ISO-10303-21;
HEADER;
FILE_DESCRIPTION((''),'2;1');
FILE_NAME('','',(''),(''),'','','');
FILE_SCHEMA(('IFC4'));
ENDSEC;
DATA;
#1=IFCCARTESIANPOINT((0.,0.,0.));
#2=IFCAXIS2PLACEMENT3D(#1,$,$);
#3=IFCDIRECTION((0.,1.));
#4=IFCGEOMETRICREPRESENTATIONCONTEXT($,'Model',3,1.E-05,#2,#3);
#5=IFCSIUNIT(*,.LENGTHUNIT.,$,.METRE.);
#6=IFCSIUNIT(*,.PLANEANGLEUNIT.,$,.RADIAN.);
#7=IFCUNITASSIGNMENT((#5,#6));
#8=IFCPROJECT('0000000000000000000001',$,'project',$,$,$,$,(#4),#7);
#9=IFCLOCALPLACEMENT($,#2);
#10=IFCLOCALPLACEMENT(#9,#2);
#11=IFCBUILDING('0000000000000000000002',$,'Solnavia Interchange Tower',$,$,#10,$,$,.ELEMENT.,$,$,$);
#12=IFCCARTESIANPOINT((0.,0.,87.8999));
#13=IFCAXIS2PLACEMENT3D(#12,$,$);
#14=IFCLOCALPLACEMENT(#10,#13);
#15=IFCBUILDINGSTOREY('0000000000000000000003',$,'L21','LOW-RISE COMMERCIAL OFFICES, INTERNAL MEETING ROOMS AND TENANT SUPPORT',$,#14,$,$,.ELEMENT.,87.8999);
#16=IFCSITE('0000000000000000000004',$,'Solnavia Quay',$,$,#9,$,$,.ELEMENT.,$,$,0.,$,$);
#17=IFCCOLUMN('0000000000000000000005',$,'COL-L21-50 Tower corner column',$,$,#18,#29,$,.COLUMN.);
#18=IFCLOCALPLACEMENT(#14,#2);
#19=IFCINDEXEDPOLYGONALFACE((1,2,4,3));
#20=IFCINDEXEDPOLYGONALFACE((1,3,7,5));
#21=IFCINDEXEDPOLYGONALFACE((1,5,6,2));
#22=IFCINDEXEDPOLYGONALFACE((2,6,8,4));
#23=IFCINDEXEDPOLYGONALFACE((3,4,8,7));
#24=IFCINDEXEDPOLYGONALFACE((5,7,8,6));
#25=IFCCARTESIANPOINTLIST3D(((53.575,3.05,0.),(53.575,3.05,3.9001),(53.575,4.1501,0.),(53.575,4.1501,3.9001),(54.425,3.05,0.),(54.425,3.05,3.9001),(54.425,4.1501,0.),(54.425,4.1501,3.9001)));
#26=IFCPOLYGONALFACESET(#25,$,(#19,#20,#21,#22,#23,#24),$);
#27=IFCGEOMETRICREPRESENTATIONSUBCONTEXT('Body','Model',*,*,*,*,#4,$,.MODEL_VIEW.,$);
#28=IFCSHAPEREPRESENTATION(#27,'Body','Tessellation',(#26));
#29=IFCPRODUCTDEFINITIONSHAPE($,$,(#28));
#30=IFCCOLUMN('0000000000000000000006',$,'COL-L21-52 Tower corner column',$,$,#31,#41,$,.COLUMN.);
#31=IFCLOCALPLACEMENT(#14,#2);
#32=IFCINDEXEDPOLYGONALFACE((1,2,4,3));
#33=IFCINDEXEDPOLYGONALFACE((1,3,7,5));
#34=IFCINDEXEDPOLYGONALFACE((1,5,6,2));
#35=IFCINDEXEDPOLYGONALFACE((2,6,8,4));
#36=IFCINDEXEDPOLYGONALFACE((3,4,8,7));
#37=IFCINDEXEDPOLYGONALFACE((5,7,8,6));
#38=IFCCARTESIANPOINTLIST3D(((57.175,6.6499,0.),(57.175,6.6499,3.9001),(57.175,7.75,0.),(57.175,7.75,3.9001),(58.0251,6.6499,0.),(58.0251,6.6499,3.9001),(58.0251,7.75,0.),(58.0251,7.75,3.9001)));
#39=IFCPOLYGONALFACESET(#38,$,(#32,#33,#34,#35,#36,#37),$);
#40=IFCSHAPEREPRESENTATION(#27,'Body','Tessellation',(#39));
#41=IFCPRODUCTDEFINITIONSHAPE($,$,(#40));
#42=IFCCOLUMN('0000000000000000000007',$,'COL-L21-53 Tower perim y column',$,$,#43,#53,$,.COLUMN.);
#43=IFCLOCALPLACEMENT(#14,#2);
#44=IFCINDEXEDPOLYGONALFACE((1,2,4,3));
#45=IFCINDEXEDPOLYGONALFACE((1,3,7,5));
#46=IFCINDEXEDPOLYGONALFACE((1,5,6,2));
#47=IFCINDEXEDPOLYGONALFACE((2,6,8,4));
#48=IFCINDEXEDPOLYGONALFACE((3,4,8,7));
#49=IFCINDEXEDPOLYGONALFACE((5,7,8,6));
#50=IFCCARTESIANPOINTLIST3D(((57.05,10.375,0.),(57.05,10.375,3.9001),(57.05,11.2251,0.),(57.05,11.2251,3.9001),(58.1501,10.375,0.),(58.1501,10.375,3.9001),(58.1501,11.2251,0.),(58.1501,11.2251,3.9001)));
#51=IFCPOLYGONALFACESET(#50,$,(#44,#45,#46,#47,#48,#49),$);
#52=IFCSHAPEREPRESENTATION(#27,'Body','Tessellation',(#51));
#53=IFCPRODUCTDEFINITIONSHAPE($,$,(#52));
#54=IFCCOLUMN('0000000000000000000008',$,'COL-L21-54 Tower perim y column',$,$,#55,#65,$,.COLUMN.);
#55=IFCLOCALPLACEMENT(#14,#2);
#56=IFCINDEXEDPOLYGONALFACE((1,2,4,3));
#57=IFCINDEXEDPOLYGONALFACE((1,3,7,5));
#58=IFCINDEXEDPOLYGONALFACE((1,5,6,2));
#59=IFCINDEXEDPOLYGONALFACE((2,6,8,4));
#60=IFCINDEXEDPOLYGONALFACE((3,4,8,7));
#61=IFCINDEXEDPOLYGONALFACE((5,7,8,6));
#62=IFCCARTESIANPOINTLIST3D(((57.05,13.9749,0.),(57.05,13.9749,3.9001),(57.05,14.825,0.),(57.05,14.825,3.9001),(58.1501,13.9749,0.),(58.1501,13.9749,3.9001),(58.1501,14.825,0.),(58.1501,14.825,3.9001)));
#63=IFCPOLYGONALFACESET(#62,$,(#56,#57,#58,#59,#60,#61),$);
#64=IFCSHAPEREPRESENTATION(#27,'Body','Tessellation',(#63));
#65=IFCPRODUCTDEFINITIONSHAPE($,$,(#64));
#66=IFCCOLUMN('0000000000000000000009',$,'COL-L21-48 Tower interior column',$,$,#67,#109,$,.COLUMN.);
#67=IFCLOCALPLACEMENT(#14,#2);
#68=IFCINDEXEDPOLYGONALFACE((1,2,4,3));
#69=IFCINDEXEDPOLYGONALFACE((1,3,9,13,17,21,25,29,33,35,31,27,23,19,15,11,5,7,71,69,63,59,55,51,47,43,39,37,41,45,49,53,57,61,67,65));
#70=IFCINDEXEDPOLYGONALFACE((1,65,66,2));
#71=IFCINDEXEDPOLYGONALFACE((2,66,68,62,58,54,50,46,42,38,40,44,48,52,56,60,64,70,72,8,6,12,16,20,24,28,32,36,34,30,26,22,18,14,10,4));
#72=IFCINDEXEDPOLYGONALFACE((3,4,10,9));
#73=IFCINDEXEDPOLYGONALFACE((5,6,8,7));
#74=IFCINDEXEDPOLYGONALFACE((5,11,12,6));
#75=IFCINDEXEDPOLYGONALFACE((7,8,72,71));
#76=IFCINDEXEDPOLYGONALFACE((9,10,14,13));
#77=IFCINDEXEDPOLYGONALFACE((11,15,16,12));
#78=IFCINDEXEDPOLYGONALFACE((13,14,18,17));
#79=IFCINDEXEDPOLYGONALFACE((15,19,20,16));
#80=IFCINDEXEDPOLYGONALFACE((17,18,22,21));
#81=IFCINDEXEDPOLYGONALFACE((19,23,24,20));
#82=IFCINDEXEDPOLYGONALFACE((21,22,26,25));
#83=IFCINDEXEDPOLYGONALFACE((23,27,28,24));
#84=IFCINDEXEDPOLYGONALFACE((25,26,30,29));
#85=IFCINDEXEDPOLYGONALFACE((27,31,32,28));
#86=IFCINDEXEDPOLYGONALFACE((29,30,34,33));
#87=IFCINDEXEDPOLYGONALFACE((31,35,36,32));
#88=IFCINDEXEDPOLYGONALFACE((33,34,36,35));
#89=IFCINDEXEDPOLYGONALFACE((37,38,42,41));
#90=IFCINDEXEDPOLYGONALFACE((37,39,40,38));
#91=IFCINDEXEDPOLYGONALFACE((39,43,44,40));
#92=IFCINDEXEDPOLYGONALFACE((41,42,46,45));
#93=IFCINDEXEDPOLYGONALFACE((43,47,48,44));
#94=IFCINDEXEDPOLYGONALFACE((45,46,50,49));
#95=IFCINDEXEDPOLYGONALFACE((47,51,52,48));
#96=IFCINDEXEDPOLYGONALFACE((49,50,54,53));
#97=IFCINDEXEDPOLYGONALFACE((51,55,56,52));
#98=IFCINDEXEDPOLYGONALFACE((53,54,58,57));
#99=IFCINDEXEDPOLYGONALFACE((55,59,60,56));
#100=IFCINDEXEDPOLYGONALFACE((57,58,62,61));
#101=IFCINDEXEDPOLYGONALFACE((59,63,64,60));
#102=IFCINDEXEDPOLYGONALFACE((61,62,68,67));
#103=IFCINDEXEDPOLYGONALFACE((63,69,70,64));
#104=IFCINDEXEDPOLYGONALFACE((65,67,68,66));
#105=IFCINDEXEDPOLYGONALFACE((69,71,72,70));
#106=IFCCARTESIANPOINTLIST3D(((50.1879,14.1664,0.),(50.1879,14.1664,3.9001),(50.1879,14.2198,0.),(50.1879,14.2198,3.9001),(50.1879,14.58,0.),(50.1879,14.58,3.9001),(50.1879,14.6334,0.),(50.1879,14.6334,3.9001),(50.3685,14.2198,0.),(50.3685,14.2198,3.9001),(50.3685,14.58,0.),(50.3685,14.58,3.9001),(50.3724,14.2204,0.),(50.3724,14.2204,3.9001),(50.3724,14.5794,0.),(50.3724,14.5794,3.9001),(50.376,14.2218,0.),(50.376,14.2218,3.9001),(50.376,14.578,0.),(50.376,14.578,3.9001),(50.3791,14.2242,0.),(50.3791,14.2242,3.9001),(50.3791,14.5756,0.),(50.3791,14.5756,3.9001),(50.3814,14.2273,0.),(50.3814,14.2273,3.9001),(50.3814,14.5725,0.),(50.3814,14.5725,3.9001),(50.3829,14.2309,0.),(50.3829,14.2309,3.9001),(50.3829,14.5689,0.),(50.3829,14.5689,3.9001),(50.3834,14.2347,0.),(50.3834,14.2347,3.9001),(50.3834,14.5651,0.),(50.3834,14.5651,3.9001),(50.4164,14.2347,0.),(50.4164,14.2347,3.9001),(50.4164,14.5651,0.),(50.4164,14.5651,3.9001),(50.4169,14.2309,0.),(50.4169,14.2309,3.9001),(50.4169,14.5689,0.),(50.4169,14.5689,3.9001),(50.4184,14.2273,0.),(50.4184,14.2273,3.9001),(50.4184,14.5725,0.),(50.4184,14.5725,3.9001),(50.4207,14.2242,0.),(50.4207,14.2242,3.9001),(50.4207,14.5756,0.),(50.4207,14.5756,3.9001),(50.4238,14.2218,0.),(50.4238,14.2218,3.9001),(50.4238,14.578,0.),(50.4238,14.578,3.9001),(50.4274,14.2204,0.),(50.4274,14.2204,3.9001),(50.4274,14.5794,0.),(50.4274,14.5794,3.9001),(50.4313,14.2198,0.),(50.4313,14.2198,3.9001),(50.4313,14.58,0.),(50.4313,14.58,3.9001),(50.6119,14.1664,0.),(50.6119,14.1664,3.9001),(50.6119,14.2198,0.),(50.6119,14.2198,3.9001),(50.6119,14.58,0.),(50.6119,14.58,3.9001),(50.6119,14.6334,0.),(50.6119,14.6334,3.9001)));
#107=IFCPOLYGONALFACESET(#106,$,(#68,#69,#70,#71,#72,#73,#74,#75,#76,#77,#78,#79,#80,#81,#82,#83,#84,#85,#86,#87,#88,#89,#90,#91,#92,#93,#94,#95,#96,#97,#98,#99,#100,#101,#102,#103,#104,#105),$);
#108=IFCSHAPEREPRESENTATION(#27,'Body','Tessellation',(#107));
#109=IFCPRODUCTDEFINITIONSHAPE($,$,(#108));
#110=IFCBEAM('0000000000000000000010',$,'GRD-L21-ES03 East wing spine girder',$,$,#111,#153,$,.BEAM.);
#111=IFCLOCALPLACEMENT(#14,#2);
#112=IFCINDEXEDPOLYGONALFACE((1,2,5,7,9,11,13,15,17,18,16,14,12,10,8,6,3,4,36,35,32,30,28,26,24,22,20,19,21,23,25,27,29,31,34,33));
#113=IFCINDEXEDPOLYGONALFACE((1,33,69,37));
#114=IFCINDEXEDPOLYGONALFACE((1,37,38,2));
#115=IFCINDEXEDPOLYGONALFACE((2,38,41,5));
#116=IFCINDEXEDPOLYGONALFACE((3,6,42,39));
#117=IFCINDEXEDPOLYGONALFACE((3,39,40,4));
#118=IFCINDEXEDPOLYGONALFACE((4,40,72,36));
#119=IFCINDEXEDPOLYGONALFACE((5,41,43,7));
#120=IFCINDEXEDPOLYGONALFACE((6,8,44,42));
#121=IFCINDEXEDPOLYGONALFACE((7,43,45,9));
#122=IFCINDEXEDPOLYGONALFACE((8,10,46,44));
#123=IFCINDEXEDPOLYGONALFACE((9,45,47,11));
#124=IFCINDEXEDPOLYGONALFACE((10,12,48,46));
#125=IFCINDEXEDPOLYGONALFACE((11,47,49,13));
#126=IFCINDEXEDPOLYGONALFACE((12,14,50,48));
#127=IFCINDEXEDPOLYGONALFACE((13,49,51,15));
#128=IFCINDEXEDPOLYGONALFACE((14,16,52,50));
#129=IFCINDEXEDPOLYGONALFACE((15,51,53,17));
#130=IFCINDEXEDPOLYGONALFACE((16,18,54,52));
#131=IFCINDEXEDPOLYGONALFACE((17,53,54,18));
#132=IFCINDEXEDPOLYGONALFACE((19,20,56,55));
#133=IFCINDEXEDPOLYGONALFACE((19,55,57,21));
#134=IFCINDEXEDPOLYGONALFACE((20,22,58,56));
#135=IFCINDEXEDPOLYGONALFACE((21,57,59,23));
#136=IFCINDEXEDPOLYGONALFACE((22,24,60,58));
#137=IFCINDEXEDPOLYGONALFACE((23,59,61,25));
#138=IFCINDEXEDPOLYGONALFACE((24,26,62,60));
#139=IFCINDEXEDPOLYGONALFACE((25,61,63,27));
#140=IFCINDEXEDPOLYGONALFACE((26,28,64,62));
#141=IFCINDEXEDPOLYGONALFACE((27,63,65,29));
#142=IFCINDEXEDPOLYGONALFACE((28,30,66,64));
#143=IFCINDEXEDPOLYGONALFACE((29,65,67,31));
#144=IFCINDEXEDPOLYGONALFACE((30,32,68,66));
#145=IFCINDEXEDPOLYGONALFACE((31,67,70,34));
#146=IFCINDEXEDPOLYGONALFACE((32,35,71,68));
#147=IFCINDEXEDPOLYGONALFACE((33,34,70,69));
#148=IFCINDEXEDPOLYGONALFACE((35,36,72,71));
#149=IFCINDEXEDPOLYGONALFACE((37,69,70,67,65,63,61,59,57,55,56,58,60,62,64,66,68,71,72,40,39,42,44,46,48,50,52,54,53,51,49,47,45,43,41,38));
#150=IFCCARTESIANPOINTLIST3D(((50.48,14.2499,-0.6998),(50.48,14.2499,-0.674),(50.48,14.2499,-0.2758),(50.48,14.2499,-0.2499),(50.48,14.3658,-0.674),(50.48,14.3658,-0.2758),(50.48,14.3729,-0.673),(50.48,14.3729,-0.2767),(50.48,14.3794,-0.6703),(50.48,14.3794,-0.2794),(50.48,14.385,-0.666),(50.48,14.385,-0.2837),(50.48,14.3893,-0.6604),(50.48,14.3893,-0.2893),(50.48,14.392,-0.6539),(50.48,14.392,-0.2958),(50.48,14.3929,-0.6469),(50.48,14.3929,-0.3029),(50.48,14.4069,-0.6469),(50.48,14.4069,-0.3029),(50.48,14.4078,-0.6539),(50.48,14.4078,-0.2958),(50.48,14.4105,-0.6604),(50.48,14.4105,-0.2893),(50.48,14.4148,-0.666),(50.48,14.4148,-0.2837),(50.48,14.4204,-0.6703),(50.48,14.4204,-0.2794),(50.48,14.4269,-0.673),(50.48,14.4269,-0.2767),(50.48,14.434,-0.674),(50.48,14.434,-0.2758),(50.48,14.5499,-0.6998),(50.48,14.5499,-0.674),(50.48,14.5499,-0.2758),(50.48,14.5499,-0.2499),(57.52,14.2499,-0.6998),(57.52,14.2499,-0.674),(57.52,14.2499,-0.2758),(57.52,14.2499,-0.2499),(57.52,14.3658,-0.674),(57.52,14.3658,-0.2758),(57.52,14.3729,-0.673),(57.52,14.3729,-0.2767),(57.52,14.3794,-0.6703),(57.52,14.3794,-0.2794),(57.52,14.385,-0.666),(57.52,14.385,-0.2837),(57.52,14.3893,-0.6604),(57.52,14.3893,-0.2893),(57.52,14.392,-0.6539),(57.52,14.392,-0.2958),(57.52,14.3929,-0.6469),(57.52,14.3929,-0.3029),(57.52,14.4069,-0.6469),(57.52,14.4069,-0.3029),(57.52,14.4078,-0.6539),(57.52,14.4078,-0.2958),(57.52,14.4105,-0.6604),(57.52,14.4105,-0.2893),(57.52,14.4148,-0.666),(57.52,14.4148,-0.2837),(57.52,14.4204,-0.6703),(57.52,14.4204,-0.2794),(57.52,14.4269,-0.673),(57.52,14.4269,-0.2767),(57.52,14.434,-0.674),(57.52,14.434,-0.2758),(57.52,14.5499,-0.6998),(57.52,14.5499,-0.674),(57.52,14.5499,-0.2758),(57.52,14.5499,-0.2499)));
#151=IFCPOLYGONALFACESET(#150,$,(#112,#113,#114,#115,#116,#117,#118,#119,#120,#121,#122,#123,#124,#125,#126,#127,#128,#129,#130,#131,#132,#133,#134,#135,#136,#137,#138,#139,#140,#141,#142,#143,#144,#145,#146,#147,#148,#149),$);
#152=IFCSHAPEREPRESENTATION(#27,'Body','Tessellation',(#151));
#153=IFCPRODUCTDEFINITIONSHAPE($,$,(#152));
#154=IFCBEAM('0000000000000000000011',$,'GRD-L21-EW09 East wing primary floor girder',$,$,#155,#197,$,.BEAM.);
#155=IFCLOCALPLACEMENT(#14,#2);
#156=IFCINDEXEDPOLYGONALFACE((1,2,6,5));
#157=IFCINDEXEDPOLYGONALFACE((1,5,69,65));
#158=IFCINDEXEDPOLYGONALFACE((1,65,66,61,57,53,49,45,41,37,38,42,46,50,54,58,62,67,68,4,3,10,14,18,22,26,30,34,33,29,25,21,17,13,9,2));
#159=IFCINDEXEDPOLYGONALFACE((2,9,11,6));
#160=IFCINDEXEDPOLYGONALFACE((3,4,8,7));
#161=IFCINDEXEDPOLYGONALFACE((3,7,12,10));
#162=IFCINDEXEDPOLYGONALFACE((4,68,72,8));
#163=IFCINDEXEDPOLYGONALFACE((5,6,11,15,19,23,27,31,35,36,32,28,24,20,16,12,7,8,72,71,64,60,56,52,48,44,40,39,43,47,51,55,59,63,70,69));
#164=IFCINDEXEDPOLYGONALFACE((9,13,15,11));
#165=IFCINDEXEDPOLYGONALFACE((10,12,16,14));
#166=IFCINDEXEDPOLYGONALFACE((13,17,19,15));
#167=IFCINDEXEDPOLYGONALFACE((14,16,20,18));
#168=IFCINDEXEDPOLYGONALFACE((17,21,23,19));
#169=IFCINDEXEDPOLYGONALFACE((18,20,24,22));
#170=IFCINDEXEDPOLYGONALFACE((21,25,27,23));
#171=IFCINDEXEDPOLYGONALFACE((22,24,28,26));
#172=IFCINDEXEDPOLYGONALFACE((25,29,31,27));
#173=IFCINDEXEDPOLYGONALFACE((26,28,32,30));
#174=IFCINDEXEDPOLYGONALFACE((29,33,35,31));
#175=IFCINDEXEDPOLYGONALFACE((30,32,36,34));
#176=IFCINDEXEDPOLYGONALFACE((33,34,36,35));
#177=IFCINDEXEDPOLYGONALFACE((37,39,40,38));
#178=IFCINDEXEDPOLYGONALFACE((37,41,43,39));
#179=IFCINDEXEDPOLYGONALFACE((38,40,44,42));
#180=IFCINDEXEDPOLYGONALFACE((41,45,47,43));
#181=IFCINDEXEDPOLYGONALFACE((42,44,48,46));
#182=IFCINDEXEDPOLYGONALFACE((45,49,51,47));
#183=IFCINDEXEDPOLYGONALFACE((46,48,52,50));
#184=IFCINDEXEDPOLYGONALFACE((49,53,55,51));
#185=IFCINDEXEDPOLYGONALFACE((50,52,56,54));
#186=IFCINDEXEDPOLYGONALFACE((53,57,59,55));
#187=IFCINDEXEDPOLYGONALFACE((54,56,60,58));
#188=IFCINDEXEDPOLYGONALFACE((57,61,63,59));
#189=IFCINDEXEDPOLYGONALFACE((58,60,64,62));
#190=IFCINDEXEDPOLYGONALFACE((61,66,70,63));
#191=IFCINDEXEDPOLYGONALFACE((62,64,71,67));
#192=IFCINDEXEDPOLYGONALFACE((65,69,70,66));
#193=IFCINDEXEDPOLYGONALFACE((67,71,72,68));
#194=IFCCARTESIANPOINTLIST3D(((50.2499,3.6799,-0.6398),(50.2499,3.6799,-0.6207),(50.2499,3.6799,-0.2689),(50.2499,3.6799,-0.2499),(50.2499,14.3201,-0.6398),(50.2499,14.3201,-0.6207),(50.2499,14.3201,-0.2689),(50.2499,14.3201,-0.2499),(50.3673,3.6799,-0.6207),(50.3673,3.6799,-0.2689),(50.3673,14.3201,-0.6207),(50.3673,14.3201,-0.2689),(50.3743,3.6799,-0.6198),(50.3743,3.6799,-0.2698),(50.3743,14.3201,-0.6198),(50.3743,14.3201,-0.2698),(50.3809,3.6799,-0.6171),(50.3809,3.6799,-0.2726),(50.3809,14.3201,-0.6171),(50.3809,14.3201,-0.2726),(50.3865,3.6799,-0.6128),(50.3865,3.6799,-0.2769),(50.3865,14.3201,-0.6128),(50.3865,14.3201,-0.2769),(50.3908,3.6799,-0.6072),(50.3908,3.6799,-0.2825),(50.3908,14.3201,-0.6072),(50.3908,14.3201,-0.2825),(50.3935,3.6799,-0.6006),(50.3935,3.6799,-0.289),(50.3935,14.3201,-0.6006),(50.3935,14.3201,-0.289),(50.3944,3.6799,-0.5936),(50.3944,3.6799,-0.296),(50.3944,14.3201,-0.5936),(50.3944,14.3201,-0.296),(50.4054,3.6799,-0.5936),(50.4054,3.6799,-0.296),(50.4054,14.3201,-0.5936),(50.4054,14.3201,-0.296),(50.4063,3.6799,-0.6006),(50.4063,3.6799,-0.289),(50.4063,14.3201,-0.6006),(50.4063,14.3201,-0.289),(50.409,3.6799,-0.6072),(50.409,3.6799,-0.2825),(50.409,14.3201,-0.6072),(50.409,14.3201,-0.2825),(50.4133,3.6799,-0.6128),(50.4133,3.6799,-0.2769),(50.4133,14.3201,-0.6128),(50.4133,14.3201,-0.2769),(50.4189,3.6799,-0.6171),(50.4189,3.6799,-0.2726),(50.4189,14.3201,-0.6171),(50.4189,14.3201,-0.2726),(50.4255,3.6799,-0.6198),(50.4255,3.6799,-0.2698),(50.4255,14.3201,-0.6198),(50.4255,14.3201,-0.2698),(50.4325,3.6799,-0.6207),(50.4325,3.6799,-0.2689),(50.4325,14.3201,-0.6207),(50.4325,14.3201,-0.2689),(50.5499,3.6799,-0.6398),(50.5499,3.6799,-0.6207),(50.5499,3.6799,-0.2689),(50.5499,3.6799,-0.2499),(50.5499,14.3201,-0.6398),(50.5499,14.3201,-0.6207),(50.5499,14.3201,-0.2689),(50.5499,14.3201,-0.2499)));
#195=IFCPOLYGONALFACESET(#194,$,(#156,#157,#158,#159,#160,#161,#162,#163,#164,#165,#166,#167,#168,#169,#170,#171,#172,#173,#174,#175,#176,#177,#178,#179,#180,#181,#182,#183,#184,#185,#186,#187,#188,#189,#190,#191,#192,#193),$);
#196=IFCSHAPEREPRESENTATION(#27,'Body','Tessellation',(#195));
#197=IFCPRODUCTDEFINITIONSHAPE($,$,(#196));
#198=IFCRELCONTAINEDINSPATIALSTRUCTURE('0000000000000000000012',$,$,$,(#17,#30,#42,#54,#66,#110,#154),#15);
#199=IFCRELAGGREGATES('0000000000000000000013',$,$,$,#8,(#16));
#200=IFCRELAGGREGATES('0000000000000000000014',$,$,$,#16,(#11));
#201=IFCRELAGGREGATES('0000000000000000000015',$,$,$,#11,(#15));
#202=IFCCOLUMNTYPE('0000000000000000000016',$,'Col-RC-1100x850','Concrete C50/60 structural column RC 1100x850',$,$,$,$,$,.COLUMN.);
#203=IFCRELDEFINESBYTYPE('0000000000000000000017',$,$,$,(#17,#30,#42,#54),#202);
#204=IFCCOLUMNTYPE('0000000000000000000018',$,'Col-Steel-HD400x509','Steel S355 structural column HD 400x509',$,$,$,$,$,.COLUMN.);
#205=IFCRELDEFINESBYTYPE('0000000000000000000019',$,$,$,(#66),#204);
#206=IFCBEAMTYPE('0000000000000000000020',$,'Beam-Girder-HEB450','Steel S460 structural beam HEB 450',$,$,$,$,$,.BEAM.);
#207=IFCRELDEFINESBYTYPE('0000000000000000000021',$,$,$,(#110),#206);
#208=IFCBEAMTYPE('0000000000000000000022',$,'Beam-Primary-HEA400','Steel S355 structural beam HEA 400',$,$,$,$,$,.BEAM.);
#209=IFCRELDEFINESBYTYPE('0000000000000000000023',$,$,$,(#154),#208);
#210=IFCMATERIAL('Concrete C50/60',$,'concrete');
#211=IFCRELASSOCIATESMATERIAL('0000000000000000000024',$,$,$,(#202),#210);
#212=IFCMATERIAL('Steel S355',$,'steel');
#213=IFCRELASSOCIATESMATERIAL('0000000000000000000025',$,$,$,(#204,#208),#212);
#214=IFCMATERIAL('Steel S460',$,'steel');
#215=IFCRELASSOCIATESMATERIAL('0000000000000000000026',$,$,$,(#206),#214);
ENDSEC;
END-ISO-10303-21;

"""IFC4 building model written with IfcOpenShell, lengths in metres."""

from ifc_helpers import new_model, si_unit, direction, frame, origin, origin_2d, place, context, subcontext, project, spatial, rectangle, i_section, extrude, material, material_profile, profile_set, type_object, element, save


model = new_model("IFC4")

# Units and contexts
model_context = context("Model", 3, precision=1e-05, world=origin(), true_north=direction((0.0, 1.0)))
body_context = subcontext(model_context, "Body", "Model", "MODEL_VIEW")
ifc_project = project(units=[si_unit("LENGTHUNIT", "METRE"), si_unit("PLANEANGLEUNIT", "RADIAN")], contexts=[model_context])

# Site, building, storey
site_placement = place(None, origin())
site = spatial("IfcSite", under=ifc_project, at=site_placement, Name="Solnavia Quay", CompositionType="ELEMENT", RefElevation=0.0)
building_placement = place(site_placement, origin())
building = spatial("IfcBuilding", under=site, at=building_placement, Name="Solnavia Interchange Tower", CompositionType="ELEMENT")
storey_placement = place(building_placement, frame((0.0, 0.0, 87.8999)))
storey = spatial("IfcBuildingStorey", under=building, at=storey_placement, Name="L21", Description="LOW-RISE COMMERCIAL OFFICES, INTERNAL MEETING ROOMS AND TENANT SUPPORT", CompositionType="ELEMENT", Elevation=87.8999)

# Columns
ifc_material_1 = material(Name="Concrete C50/60", Category="concrete")
ifc_material_profile_1 = material_profile(ifc_material_1, rectangle(XDim=0.8501, YDim=1.1001, at=origin_2d()), Name="RC 1100x850")
ifc_profile_set_1 = profile_set([ifc_material_profile_1], Name="Concrete C50/60")
column_type_1 = type_object("IfcColumnType", Name="Col-RC-1100x850", Description="Concrete C50/60 structural column RC 1100x850", PredefinedType="COLUMN", material=ifc_profile_set_1)
for number, where, z_axis, x_axis, name in (
    (1, (54.0, 3.6001, 0.0), (0.0, 0.0, 1.0), (1.0, 0.0, 0.0), "COL-L21-50 Tower corner column"),
    (2, (57.6001, 7.2, 0.0), (0.0, 0.0, 1.0), (1.0, 0.0, 0.0), "COL-L21-52 Tower corner column"),
    (3, (57.6001, 10.8, 0.0), (0.0, 0.0, 1.0), (0.0, 1.0, 0.0), "COL-L21-53 Tower perim y column"),
    (4, (57.6001, 14.3999, 0.0), (0.0, 0.0, 1.0), (0.0, 1.0, 0.0), "COL-L21-54 Tower perim y column"),
):
    element("IfcColumn", number, at=place(storey_placement, frame(where, z_axis=z_axis, x_axis=x_axis)), inside=storey, type_object=column_type_1, Name=name, PredefinedType="COLUMN", context=body_context, shape_type="SweptSolid", body=[
        extrude(rectangle(XDim=0.8501, YDim=1.1001, at=origin_2d()), origin(), (0.0, 0.0, 1.0), 3.9001),
    ])
ifc_material_2 = material(Name="Steel S355", Category="steel")
ifc_material_profile_2 = material_profile(ifc_material_2, i_section(OverallWidth=0.4241, OverallDepth=0.467, WebThickness=0.033, FlangeThickness=0.0535, FilletRadius=0.0149, at=origin_2d()), Name="HD 400x509")
ifc_profile_set_2 = profile_set([ifc_material_profile_2], Name="Steel S355")
column_type_2 = type_object("IfcColumnType", Name="Col-Steel-HD400x509", Description="Steel S355 structural column HD 400x509", PredefinedType="COLUMN", material=ifc_profile_set_2)
column_placement = place(storey_placement, frame((50.3999, 14.3999, 0.0), z_axis=(0.0, 0.0, 1.0), x_axis=(1.0, 0.0, 0.0)))
element("IfcColumn", 5, at=column_placement, inside=storey, type_object=column_type_2, Name="COL-L21-48 Tower interior column", PredefinedType="COLUMN", context=body_context, shape_type="SweptSolid", body=[
    extrude(i_section(OverallWidth=0.4241, OverallDepth=0.467, WebThickness=0.033, FlangeThickness=0.0535, FilletRadius=0.0149, at=origin_2d()), origin(), (0.0, 0.0, 1.0), 3.9001),
])

# Beams
ifc_material_3 = material(Name="Steel S460", Category="steel")
ifc_material_profile_3 = material_profile(ifc_material_3, i_section(OverallWidth=0.3, OverallDepth=0.45, WebThickness=0.0139, FlangeThickness=0.0259, FilletRadius=0.0271, at=origin_2d()), Name="HEB 450")
ifc_profile_set_3 = profile_set([ifc_material_profile_3], Name="Steel S460")
beam_type_1 = type_object("IfcBeamType", Name="Beam-Girder-HEB450", Description="Steel S460 structural beam HEB 450", PredefinedType="BEAM", material=ifc_profile_set_3)
beam_1_placement = place(storey_placement, frame((50.48, 14.3999, -0.4749), z_axis=(1.0, 0.0, 0.0), x_axis=(0.0, 1.0, 0.0)))
element("IfcBeam", 6, at=beam_1_placement, inside=storey, type_object=beam_type_1, Name="GRD-L21-ES03 East wing spine girder", PredefinedType="BEAM", context=body_context, shape_type="SweptSolid", body=[
    extrude(i_section(OverallWidth=0.3, OverallDepth=0.45, WebThickness=0.0139, FlangeThickness=0.0259, FilletRadius=0.0271, at=origin_2d()), origin(), (0.0, 0.0, 1.0), 7.04),
])
ifc_material_profile_4 = material_profile(ifc_material_2, i_section(OverallWidth=0.3, OverallDepth=0.3899, WebThickness=0.011, FlangeThickness=0.019, FilletRadius=0.0271, at=origin_2d()), Name="HEA 400")
ifc_profile_set_4 = profile_set([ifc_material_profile_4], Name="Steel S355")
beam_type_2 = type_object("IfcBeamType", Name="Beam-Primary-HEA400", Description="Steel S355 structural beam HEA 400", PredefinedType="BEAM", material=ifc_profile_set_4)
for number, where, z_axis, x_axis, name in (
    (7, (50.3999, 3.6799, -0.4448), (0.0, 1.0, 0.0), (-1.0, 0.0, 0.0), "GRD-L21-EW09 East wing primary floor girder"),
):
    element("IfcBeam", number, at=place(storey_placement, frame(where, z_axis=z_axis, x_axis=x_axis)), inside=storey, type_object=beam_type_2, Name=name, PredefinedType="BEAM", context=body_context, shape_type="SweptSolid", body=[
        extrude(i_section(OverallWidth=0.3, OverallDepth=0.3899, WebThickness=0.011, FlangeThickness=0.019, FilletRadius=0.0271, at=origin_2d()), origin(), (0.0, 0.0, 1.0), 10.6401),
    ])

save(model, "model.ifc")
